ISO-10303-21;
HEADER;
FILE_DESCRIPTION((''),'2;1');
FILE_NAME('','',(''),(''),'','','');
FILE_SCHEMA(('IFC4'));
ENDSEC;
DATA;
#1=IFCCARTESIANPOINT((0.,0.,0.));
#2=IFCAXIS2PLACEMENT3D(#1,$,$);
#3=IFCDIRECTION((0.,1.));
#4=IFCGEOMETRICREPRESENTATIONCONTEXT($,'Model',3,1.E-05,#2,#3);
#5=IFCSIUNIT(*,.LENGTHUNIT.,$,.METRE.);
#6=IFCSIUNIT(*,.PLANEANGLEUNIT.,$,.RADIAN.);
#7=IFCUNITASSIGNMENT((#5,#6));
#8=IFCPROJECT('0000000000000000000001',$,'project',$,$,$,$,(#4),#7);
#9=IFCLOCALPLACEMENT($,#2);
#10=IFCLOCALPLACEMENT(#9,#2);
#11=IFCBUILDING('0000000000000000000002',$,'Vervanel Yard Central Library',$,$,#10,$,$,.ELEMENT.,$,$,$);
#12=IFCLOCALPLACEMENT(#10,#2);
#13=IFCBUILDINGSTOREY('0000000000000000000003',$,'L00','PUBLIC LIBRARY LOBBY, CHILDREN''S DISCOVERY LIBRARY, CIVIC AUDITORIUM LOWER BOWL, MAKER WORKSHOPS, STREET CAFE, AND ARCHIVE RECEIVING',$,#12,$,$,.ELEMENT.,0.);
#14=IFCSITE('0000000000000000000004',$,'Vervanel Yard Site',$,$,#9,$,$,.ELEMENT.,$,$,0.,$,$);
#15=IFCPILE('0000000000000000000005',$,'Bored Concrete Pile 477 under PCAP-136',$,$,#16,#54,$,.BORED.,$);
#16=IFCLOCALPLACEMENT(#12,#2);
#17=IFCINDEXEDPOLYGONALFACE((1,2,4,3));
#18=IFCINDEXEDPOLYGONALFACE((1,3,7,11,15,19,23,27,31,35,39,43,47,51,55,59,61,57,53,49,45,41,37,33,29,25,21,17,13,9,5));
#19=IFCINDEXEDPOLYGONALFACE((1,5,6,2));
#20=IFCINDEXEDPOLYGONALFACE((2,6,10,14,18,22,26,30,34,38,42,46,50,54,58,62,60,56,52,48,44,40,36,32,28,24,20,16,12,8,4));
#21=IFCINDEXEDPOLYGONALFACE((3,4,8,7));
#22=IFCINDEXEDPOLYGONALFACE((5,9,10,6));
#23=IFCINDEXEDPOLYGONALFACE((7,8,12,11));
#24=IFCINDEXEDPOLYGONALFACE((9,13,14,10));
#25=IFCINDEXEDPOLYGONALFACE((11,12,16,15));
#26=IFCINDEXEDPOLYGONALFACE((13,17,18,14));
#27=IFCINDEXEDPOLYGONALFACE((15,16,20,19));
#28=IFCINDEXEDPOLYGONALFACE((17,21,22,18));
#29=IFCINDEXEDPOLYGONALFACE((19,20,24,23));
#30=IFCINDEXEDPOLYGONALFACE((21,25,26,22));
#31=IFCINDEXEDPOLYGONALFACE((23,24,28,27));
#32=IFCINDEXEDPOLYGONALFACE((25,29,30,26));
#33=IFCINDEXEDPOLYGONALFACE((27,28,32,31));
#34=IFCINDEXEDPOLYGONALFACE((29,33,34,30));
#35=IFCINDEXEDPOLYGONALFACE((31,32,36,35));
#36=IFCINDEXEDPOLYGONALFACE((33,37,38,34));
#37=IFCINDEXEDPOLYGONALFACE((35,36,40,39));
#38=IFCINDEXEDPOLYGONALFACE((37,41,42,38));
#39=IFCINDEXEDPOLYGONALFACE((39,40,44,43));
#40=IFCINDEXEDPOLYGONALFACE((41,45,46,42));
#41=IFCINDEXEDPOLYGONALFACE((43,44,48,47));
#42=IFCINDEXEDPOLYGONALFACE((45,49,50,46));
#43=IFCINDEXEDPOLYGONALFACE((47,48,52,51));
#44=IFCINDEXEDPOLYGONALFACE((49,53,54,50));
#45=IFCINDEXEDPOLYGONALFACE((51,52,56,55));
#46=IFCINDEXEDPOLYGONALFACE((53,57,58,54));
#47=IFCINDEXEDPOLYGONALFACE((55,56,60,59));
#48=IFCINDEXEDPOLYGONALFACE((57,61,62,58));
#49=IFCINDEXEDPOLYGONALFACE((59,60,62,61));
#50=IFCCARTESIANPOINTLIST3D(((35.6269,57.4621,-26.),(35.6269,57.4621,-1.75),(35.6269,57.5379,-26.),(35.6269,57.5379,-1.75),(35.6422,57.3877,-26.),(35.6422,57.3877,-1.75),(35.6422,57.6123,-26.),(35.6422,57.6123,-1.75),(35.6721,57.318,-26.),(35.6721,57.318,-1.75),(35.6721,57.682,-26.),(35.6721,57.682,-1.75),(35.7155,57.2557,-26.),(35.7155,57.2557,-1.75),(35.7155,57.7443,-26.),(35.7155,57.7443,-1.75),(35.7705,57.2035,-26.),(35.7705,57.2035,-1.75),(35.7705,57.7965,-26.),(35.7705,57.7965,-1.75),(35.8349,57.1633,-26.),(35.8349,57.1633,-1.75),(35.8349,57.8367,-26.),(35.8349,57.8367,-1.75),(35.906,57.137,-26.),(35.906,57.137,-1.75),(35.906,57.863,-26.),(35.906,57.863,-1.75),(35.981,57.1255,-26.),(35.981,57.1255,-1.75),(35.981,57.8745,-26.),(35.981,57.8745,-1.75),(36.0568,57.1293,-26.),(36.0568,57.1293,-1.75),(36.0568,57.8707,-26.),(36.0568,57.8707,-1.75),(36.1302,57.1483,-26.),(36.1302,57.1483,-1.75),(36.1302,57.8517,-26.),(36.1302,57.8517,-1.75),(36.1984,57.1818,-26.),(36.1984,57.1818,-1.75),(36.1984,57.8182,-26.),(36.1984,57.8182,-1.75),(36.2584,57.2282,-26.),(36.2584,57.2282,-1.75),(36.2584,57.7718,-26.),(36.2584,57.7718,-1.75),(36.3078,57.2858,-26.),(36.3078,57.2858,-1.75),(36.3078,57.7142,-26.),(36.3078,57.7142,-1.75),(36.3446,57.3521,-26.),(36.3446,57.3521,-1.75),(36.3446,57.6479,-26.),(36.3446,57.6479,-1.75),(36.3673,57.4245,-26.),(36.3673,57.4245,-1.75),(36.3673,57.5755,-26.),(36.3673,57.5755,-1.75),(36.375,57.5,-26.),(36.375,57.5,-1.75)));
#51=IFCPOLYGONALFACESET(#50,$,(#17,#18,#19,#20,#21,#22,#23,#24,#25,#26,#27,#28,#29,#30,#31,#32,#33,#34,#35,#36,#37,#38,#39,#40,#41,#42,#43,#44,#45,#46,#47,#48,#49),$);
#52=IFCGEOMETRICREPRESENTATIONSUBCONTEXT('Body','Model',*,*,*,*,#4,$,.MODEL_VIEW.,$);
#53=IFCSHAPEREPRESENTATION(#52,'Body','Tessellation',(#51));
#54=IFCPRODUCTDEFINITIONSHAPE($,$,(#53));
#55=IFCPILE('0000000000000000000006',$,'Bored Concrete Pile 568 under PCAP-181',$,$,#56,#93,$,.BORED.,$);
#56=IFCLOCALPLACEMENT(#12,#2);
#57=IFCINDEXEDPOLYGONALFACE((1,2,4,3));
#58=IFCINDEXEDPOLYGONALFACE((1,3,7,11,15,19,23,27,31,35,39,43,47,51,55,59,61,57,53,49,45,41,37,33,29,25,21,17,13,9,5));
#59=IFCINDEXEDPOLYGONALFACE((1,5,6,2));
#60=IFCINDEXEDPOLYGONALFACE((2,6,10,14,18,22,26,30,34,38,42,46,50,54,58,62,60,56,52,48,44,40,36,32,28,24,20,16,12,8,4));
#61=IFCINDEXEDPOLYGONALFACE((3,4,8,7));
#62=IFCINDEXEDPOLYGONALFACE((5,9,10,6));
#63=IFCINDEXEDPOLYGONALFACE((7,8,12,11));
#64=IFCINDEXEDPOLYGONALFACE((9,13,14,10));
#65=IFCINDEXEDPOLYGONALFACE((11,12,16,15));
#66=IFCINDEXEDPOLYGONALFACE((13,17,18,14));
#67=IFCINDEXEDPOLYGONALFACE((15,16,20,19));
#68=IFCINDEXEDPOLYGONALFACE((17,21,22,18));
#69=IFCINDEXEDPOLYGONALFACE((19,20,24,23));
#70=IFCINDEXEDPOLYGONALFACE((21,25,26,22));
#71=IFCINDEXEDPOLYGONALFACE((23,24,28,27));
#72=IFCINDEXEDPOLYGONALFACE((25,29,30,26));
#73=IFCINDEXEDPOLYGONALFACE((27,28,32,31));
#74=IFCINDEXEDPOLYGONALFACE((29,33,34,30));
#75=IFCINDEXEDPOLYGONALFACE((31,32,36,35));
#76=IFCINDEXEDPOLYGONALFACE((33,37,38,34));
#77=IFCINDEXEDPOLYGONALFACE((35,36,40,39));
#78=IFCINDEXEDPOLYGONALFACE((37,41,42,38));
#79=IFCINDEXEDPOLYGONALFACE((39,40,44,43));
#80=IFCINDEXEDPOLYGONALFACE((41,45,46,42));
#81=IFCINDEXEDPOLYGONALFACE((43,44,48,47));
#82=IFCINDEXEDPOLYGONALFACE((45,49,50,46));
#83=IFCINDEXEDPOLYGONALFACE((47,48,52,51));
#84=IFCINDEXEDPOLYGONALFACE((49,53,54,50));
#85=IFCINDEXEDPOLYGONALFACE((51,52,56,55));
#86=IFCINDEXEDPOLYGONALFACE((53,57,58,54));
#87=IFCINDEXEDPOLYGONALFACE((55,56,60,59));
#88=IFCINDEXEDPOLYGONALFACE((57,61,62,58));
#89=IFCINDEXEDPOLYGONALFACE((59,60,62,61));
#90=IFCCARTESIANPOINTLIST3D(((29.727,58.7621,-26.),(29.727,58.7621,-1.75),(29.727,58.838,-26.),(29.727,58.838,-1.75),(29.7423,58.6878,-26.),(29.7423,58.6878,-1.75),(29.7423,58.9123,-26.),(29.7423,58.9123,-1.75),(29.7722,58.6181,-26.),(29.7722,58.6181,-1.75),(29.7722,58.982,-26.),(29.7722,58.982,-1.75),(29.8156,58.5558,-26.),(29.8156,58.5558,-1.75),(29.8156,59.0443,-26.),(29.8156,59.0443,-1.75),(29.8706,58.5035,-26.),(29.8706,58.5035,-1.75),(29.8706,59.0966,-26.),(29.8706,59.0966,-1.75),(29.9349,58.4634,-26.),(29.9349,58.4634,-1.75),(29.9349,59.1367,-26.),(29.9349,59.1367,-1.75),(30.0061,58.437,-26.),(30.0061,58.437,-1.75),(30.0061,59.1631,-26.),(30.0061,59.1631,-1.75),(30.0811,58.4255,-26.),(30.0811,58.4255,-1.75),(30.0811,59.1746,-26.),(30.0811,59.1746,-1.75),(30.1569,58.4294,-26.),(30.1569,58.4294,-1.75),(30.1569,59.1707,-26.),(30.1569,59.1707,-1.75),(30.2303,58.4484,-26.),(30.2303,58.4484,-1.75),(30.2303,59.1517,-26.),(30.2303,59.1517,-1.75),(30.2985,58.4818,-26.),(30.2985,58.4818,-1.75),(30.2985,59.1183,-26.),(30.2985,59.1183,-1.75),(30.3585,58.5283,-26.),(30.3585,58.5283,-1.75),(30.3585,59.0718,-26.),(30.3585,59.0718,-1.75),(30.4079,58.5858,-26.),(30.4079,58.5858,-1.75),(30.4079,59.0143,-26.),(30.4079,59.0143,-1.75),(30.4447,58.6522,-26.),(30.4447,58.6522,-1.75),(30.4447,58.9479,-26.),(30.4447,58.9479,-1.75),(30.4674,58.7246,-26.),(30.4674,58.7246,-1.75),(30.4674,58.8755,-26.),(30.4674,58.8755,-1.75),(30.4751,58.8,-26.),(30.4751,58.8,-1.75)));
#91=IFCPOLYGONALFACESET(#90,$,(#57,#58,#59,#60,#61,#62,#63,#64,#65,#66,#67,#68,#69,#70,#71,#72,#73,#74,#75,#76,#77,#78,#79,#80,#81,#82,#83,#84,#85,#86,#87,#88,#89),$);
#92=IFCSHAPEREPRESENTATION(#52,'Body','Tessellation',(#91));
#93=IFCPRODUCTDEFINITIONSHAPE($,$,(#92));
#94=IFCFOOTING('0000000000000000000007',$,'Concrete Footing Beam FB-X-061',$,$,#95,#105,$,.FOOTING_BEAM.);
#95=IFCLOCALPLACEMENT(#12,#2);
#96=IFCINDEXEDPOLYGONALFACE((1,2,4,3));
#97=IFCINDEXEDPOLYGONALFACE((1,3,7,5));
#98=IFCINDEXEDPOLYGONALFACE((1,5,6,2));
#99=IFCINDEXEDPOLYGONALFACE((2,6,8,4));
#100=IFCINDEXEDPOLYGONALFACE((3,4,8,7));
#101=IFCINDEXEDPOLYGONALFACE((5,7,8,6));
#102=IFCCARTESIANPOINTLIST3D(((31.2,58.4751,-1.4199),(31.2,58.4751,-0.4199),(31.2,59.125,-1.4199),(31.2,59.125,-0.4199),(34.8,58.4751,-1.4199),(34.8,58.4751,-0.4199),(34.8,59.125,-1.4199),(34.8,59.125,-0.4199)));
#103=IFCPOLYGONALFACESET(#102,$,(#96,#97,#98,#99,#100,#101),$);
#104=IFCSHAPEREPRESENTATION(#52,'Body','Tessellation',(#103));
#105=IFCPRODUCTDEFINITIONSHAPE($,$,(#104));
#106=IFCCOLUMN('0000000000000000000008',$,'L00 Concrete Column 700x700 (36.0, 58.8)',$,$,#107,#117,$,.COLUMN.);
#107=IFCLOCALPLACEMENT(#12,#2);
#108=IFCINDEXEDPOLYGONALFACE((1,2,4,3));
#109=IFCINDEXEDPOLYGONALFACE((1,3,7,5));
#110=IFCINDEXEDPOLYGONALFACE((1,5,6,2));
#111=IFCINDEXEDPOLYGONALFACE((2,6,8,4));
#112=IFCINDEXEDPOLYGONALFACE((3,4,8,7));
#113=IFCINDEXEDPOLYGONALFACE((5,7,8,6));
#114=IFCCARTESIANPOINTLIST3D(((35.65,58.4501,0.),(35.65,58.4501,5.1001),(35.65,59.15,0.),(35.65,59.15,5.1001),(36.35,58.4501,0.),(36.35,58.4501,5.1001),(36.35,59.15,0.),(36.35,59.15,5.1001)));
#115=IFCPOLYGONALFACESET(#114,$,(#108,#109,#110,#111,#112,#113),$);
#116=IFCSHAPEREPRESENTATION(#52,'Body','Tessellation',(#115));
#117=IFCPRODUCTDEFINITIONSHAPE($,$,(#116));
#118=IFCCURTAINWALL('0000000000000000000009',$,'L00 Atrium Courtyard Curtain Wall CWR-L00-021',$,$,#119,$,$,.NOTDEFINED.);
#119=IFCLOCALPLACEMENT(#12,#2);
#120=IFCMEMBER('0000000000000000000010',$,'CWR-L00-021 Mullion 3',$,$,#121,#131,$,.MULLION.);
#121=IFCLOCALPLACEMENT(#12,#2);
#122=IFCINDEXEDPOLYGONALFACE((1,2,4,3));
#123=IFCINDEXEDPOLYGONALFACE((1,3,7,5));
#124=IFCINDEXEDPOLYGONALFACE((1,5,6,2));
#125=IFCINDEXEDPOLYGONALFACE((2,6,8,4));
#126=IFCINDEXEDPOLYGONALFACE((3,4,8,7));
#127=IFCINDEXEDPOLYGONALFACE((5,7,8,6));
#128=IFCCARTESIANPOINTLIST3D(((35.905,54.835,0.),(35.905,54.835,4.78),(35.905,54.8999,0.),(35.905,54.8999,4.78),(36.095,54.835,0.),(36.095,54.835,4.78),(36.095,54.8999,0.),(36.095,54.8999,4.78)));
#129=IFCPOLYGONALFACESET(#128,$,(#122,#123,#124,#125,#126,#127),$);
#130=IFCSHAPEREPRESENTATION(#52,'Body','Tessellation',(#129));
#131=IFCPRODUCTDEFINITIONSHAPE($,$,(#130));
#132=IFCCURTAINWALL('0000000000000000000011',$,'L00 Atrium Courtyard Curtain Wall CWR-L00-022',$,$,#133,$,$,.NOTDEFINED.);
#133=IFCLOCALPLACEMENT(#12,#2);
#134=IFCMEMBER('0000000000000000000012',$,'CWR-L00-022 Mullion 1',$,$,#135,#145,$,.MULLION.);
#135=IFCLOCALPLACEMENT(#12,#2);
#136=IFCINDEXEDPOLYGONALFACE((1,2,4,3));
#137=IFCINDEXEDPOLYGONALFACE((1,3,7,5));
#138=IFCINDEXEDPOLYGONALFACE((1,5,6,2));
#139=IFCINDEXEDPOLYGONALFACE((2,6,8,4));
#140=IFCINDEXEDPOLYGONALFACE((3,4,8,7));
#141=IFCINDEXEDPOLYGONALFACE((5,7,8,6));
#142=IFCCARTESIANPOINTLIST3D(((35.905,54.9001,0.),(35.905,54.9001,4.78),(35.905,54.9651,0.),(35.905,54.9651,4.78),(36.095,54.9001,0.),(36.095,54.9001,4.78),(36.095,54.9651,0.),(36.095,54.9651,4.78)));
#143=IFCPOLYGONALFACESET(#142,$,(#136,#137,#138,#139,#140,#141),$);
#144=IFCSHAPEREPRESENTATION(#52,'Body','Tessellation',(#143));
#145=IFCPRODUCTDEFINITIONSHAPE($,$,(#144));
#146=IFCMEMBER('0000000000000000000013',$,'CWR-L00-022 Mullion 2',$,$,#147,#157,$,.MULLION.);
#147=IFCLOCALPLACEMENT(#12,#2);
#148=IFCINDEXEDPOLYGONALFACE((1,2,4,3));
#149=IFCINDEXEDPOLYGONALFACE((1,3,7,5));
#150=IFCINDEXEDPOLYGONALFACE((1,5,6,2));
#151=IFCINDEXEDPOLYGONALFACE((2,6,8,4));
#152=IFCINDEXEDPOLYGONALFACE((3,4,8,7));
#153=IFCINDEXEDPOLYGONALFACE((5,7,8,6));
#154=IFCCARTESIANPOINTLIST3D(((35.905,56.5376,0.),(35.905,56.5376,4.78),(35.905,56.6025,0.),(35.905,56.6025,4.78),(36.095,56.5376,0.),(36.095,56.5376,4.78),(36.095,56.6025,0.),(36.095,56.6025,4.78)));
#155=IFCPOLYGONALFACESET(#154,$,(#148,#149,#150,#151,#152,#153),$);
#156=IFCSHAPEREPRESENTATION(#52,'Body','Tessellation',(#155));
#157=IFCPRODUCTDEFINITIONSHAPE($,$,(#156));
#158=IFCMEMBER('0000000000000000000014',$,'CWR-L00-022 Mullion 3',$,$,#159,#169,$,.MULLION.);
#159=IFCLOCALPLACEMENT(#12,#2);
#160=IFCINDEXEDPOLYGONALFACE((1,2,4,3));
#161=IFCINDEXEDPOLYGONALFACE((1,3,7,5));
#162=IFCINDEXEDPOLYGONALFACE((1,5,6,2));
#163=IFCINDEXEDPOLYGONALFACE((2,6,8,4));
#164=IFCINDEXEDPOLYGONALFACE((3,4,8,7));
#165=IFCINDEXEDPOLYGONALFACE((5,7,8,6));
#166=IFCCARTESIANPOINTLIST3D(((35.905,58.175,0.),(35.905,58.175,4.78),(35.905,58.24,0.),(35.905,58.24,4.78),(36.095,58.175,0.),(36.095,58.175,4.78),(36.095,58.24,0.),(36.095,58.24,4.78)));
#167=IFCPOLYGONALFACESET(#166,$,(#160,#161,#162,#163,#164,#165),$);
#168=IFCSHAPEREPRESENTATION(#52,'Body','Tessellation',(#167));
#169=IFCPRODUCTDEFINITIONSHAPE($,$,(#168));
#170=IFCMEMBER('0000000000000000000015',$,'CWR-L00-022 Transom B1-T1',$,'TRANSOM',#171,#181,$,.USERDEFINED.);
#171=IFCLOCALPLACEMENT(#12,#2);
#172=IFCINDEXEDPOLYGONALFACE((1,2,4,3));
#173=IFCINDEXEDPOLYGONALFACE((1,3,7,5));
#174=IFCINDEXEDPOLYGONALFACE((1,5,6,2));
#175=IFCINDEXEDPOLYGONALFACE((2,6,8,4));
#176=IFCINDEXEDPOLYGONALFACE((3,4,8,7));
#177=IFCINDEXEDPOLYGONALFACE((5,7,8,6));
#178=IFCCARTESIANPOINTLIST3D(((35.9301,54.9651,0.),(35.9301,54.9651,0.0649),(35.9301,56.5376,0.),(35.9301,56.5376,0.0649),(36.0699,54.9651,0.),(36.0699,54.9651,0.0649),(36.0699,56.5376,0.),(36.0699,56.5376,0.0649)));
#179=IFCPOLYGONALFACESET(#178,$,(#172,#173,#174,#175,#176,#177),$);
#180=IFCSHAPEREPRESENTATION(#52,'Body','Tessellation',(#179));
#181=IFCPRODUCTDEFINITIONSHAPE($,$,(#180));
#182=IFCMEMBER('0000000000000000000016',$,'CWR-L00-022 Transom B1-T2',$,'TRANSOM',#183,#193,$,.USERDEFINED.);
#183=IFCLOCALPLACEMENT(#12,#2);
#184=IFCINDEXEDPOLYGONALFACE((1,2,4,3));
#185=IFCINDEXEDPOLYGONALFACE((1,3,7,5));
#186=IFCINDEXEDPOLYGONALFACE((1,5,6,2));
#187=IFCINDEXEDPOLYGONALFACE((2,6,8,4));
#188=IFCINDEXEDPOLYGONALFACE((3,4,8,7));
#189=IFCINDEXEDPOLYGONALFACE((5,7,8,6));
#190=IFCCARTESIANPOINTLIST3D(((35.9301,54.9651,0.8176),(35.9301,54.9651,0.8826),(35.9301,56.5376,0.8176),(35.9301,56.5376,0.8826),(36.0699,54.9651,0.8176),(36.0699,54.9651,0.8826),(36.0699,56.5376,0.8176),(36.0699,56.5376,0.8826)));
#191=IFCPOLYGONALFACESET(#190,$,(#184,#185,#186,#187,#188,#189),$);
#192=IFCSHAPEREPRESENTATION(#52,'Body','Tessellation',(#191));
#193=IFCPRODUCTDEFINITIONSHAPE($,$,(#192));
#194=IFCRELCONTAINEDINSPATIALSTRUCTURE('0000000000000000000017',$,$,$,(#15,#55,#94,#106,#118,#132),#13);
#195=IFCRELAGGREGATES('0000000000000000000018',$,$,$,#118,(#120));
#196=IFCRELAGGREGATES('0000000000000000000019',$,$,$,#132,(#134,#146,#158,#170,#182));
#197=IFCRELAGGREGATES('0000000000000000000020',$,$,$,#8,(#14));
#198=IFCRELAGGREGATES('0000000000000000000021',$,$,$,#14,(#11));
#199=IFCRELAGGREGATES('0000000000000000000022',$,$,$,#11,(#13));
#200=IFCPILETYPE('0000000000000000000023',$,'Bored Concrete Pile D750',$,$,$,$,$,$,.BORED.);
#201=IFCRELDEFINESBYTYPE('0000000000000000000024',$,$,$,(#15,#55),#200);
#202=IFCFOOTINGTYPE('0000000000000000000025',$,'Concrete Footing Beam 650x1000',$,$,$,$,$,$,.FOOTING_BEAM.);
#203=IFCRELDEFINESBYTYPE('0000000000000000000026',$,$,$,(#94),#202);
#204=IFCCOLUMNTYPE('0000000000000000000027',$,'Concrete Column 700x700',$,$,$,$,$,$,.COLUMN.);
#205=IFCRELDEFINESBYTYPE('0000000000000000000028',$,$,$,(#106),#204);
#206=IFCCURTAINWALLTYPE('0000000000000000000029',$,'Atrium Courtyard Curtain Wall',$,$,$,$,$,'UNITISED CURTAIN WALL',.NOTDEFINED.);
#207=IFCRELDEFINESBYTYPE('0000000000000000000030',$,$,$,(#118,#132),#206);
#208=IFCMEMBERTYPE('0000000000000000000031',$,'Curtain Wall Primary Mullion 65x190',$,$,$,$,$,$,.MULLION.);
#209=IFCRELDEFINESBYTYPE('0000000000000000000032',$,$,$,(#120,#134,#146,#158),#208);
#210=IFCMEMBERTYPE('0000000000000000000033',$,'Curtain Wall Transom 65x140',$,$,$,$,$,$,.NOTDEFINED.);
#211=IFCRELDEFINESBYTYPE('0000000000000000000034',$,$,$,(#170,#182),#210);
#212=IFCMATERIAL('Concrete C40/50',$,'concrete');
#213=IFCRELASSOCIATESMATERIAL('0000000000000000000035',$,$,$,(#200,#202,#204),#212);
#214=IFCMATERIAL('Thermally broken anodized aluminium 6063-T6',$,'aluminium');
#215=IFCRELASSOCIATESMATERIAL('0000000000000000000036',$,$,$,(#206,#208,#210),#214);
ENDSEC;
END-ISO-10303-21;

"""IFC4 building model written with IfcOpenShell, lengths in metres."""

from ifc_helpers import new_model, si_unit, direction, frame, origin, origin_2d, place, context, subcontext, project, spatial, rectangle, circle, extrude, material, material_profile, profile_set, type_object, element, aggregate, save


model = new_model("IFC4")

# Units and contexts
model_context = context("Model", 3, precision=1e-05, world=origin(), true_north=direction((0.0, 1.0)))
body_context = subcontext(model_context, "Body", "Model", "MODEL_VIEW")
ifc_project = project(units=[si_unit("LENGTHUNIT", "METRE"), si_unit("PLANEANGLEUNIT", "RADIAN")], contexts=[model_context])

# Site, building, storey
site_placement = place(None, origin())
site = spatial("IfcSite", under=ifc_project, at=site_placement, Name="Vervanel Yard Site", CompositionType="ELEMENT", RefElevation=0.0)
building_placement = place(site_placement, origin())
building = spatial("IfcBuilding", under=site, at=building_placement, Name="Vervanel Yard Central Library", CompositionType="ELEMENT")
storey_placement = place(building_placement, origin())
storey = spatial("IfcBuildingStorey", under=building, at=storey_placement, Name="L00", Description="PUBLIC LIBRARY LOBBY, CHILDREN'S DISCOVERY LIBRARY, CIVIC AUDITORIUM LOWER BOWL, MAKER WORKSHOPS, STREET CAFE, AND ARCHIVE RECEIVING", CompositionType="ELEMENT", Elevation=0.0)

# Piles
ifc_material_1 = material(Name="Concrete C40/50", Category="concrete")
ifc_material_profile_1 = material_profile(ifc_material_1, circle(Radius=0.375, at=origin_2d()), Name="BP D750", Category="concrete")
ifc_profile_set_1 = profile_set([ifc_material_profile_1], Name="Concrete C40/50")
pile_type = type_object("IfcPileType", Name="Bored Concrete Pile D750", PredefinedType="BORED", material=ifc_profile_set_1)
for number, where, z_axis, x_axis, name in (
    (1, (36.0, 57.5, -1.75), (0.0, 0.0, -1.0), (1.0, 0.0, 0.0), "Bored Concrete Pile 477 under PCAP-136"),
    (2, (30.1001, 58.8, -1.75), (0.0, 0.0, -1.0), (1.0, 0.0, 0.0), "Bored Concrete Pile 568 under PCAP-181"),
):
    element("IfcPile", number, at=place(storey_placement, frame(where, z_axis=z_axis, x_axis=x_axis)), inside=storey, type_object=pile_type, Name=name, PredefinedType="BORED", context=body_context, shape_type="SweptSolid", body=[
        extrude(circle(Radius=0.375, at=origin_2d()), origin(), (0.0, 0.0, 1.0), 24.25),
    ])

# Footing
ifc_material_profile_2 = material_profile(ifc_material_1, rectangle(XDim=0.6499, YDim=1.0, at=origin_2d()), Name="RC 650x1000", Category="concrete")
ifc_profile_set_2 = profile_set([ifc_material_profile_2], Name="Concrete C40/50")
footing_type = type_object("IfcFootingType", Name="Concrete Footing Beam 650x1000", PredefinedType="FOOTING_BEAM", material=ifc_profile_set_2)
footing_placement = place(storey_placement, frame((31.2, 58.8, -0.9199), z_axis=(1.0, 0.0, 0.0), x_axis=(0.0, 1.0, 0.0)))
element("IfcFooting", 3, at=footing_placement, inside=storey, type_object=footing_type, Name="Concrete Footing Beam FB-X-061", PredefinedType="FOOTING_BEAM", context=body_context, shape_type="SweptSolid", body=[
    extrude(rectangle(XDim=0.6499, YDim=1.0, at=origin_2d()), origin(), (0.0, 0.0, 1.0), 3.6001),
])

# Column
ifc_material_profile_3 = material_profile(ifc_material_1, rectangle(XDim=0.7, YDim=0.7, at=origin_2d()), Name="RC 700x700", Category="concrete")
ifc_profile_set_3 = profile_set([ifc_material_profile_3], Name="Concrete C40/50")
column_type = type_object("IfcColumnType", Name="Concrete Column 700x700", PredefinedType="COLUMN", material=ifc_profile_set_3)
column_placement = place(storey_placement, frame((36.0, 58.8, 0.0), z_axis=(0.0, 0.0, 1.0), x_axis=(1.0, 0.0, 0.0)))
element("IfcColumn", 4, at=column_placement, inside=storey, type_object=column_type, Name="L00 Concrete Column 700x700 (36.0, 58.8)", PredefinedType="COLUMN", context=body_context, shape_type="SweptSolid", body=[
    extrude(rectangle(XDim=0.7, YDim=0.7, at=origin_2d()), origin(), (0.0, 0.0, 1.0), 5.1001),
])

# Curtain wall, member
ifc_material_2 = material(Name="Thermally broken anodized aluminium 6063-T6", Category="aluminium")
curtain_wall_type = type_object("IfcCurtainWallType", Name="Atrium Courtyard Curtain Wall", ElementType="UNITISED CURTAIN WALL", PredefinedType="NOTDEFINED", material=ifc_material_2)
curtain_wall_1_placement = place(storey_placement, origin())
curtain_wall_1 = element("IfcCurtainWall", 5, at=curtain_wall_1_placement, inside=storey, type_object=curtain_wall_type, Name="L00 Atrium Courtyard Curtain Wall CWR-L00-021", PredefinedType="NOTDEFINED")
ifc_material_profile_4 = material_profile(ifc_material_2, rectangle(XDim=0.0649, YDim=0.1899, at=origin_2d()), Name="ALU 65x190", Category="aluminium")
ifc_profile_set_4 = profile_set([ifc_material_profile_4], Name="Thermally broken anodized aluminium 6063-T6")
member_type_1 = type_object("IfcMemberType", Name="Curtain Wall Primary Mullion 65x190", PredefinedType="MULLION", material=ifc_profile_set_4)
member_1_placement = place(storey_placement, frame((36.0, 54.8674, 0.0), z_axis=(0.0, 0.0, 1.0), x_axis=(0.0, 1.0, 0.0)))
member_1 = element("IfcMember", 6, at=member_1_placement, type_object=member_type_1, Name="CWR-L00-021 Mullion 3", PredefinedType="MULLION", context=body_context, shape_type="SweptSolid", body=[
    extrude(rectangle(XDim=0.0649, YDim=0.1899, at=origin_2d()), origin(), (0.0, 0.0, 1.0), 4.78),
])

# Curtain wall, members
curtain_wall_2_placement = place(storey_placement, origin())
curtain_wall_2 = element("IfcCurtainWall", 7, at=curtain_wall_2_placement, inside=storey, type_object=curtain_wall_type, Name="L00 Atrium Courtyard Curtain Wall CWR-L00-022", PredefinedType="NOTDEFINED")
member_2_placement = place(storey_placement, frame((36.0, 54.9326, 0.0), z_axis=(0.0, 0.0, 1.0), x_axis=(0.0, 1.0, 0.0)))
member_2 = element("IfcMember", 8, at=member_2_placement, type_object=member_type_1, Name="CWR-L00-022 Mullion 1", PredefinedType="MULLION", context=body_context, shape_type="SweptSolid", body=[
    extrude(rectangle(XDim=0.0649, YDim=0.1899, at=origin_2d()), origin(), (0.0, 0.0, 1.0), 4.78),
])
member_3_placement = place(storey_placement, frame((36.0, 56.5701, 0.0), z_axis=(0.0, 0.0, 1.0), x_axis=(0.0, 1.0, 0.0)))
member_3 = element("IfcMember", 9, at=member_3_placement, type_object=member_type_1, Name="CWR-L00-022 Mullion 2", PredefinedType="MULLION", context=body_context, shape_type="SweptSolid", body=[
    extrude(rectangle(XDim=0.0649, YDim=0.1899, at=origin_2d()), origin(), (0.0, 0.0, 1.0), 4.78),
])
member_4_placement = place(storey_placement, frame((36.0, 58.2075, 0.0), z_axis=(0.0, 0.0, 1.0), x_axis=(0.0, 1.0, 0.0)))
member_4 = element("IfcMember", 10, at=member_4_placement, type_object=member_type_1, Name="CWR-L00-022 Mullion 3", PredefinedType="MULLION", context=body_context, shape_type="SweptSolid", body=[
    extrude(rectangle(XDim=0.0649, YDim=0.1899, at=origin_2d()), origin(), (0.0, 0.0, 1.0), 4.78),
])
ifc_material_profile_5 = material_profile(ifc_material_2, rectangle(XDim=0.0649, YDim=0.1399, at=origin_2d()), Name="ALU 65x140", Category="aluminium")
ifc_profile_set_5 = profile_set([ifc_material_profile_5], Name="Thermally broken anodized aluminium 6063-T6")
member_type_2 = type_object("IfcMemberType", Name="Curtain Wall Transom 65x140", PredefinedType="NOTDEFINED", material=ifc_profile_set_5)
member_5_placement = place(storey_placement, frame((36.0, 54.9651, 0.0325), z_axis=(0.0, 1.0, 0.0), x_axis=(0.0, 0.0, 1.0)))
member_5 = element("IfcMember", 11, at=member_5_placement, type_object=member_type_2, Name="CWR-L00-022 Transom B1-T1", ObjectType="TRANSOM", PredefinedType="USERDEFINED", context=body_context, shape_type="SweptSolid", body=[
    extrude(rectangle(XDim=0.0649, YDim=0.1399, at=origin_2d()), origin(), (0.0, 0.0, 1.0), 1.5725),
])
member_6_placement = place(storey_placement, frame((36.0, 54.9651, 0.8501), z_axis=(0.0, 1.0, 0.0), x_axis=(0.0, 0.0, 1.0)))
member_6 = element("IfcMember", 12, at=member_6_placement, type_object=member_type_2, Name="CWR-L00-022 Transom B1-T2", ObjectType="TRANSOM", PredefinedType="USERDEFINED", context=body_context, shape_type="SweptSolid", body=[
    extrude(rectangle(XDim=0.0649, YDim=0.1399, at=origin_2d()), origin(), (0.0, 0.0, 1.0), 1.5725),
])

aggregate(curtain_wall_1, [member_1])
aggregate(curtain_wall_2, [member_2, member_3, member_4, member_5, member_6])

save(model, "model.ifc")
